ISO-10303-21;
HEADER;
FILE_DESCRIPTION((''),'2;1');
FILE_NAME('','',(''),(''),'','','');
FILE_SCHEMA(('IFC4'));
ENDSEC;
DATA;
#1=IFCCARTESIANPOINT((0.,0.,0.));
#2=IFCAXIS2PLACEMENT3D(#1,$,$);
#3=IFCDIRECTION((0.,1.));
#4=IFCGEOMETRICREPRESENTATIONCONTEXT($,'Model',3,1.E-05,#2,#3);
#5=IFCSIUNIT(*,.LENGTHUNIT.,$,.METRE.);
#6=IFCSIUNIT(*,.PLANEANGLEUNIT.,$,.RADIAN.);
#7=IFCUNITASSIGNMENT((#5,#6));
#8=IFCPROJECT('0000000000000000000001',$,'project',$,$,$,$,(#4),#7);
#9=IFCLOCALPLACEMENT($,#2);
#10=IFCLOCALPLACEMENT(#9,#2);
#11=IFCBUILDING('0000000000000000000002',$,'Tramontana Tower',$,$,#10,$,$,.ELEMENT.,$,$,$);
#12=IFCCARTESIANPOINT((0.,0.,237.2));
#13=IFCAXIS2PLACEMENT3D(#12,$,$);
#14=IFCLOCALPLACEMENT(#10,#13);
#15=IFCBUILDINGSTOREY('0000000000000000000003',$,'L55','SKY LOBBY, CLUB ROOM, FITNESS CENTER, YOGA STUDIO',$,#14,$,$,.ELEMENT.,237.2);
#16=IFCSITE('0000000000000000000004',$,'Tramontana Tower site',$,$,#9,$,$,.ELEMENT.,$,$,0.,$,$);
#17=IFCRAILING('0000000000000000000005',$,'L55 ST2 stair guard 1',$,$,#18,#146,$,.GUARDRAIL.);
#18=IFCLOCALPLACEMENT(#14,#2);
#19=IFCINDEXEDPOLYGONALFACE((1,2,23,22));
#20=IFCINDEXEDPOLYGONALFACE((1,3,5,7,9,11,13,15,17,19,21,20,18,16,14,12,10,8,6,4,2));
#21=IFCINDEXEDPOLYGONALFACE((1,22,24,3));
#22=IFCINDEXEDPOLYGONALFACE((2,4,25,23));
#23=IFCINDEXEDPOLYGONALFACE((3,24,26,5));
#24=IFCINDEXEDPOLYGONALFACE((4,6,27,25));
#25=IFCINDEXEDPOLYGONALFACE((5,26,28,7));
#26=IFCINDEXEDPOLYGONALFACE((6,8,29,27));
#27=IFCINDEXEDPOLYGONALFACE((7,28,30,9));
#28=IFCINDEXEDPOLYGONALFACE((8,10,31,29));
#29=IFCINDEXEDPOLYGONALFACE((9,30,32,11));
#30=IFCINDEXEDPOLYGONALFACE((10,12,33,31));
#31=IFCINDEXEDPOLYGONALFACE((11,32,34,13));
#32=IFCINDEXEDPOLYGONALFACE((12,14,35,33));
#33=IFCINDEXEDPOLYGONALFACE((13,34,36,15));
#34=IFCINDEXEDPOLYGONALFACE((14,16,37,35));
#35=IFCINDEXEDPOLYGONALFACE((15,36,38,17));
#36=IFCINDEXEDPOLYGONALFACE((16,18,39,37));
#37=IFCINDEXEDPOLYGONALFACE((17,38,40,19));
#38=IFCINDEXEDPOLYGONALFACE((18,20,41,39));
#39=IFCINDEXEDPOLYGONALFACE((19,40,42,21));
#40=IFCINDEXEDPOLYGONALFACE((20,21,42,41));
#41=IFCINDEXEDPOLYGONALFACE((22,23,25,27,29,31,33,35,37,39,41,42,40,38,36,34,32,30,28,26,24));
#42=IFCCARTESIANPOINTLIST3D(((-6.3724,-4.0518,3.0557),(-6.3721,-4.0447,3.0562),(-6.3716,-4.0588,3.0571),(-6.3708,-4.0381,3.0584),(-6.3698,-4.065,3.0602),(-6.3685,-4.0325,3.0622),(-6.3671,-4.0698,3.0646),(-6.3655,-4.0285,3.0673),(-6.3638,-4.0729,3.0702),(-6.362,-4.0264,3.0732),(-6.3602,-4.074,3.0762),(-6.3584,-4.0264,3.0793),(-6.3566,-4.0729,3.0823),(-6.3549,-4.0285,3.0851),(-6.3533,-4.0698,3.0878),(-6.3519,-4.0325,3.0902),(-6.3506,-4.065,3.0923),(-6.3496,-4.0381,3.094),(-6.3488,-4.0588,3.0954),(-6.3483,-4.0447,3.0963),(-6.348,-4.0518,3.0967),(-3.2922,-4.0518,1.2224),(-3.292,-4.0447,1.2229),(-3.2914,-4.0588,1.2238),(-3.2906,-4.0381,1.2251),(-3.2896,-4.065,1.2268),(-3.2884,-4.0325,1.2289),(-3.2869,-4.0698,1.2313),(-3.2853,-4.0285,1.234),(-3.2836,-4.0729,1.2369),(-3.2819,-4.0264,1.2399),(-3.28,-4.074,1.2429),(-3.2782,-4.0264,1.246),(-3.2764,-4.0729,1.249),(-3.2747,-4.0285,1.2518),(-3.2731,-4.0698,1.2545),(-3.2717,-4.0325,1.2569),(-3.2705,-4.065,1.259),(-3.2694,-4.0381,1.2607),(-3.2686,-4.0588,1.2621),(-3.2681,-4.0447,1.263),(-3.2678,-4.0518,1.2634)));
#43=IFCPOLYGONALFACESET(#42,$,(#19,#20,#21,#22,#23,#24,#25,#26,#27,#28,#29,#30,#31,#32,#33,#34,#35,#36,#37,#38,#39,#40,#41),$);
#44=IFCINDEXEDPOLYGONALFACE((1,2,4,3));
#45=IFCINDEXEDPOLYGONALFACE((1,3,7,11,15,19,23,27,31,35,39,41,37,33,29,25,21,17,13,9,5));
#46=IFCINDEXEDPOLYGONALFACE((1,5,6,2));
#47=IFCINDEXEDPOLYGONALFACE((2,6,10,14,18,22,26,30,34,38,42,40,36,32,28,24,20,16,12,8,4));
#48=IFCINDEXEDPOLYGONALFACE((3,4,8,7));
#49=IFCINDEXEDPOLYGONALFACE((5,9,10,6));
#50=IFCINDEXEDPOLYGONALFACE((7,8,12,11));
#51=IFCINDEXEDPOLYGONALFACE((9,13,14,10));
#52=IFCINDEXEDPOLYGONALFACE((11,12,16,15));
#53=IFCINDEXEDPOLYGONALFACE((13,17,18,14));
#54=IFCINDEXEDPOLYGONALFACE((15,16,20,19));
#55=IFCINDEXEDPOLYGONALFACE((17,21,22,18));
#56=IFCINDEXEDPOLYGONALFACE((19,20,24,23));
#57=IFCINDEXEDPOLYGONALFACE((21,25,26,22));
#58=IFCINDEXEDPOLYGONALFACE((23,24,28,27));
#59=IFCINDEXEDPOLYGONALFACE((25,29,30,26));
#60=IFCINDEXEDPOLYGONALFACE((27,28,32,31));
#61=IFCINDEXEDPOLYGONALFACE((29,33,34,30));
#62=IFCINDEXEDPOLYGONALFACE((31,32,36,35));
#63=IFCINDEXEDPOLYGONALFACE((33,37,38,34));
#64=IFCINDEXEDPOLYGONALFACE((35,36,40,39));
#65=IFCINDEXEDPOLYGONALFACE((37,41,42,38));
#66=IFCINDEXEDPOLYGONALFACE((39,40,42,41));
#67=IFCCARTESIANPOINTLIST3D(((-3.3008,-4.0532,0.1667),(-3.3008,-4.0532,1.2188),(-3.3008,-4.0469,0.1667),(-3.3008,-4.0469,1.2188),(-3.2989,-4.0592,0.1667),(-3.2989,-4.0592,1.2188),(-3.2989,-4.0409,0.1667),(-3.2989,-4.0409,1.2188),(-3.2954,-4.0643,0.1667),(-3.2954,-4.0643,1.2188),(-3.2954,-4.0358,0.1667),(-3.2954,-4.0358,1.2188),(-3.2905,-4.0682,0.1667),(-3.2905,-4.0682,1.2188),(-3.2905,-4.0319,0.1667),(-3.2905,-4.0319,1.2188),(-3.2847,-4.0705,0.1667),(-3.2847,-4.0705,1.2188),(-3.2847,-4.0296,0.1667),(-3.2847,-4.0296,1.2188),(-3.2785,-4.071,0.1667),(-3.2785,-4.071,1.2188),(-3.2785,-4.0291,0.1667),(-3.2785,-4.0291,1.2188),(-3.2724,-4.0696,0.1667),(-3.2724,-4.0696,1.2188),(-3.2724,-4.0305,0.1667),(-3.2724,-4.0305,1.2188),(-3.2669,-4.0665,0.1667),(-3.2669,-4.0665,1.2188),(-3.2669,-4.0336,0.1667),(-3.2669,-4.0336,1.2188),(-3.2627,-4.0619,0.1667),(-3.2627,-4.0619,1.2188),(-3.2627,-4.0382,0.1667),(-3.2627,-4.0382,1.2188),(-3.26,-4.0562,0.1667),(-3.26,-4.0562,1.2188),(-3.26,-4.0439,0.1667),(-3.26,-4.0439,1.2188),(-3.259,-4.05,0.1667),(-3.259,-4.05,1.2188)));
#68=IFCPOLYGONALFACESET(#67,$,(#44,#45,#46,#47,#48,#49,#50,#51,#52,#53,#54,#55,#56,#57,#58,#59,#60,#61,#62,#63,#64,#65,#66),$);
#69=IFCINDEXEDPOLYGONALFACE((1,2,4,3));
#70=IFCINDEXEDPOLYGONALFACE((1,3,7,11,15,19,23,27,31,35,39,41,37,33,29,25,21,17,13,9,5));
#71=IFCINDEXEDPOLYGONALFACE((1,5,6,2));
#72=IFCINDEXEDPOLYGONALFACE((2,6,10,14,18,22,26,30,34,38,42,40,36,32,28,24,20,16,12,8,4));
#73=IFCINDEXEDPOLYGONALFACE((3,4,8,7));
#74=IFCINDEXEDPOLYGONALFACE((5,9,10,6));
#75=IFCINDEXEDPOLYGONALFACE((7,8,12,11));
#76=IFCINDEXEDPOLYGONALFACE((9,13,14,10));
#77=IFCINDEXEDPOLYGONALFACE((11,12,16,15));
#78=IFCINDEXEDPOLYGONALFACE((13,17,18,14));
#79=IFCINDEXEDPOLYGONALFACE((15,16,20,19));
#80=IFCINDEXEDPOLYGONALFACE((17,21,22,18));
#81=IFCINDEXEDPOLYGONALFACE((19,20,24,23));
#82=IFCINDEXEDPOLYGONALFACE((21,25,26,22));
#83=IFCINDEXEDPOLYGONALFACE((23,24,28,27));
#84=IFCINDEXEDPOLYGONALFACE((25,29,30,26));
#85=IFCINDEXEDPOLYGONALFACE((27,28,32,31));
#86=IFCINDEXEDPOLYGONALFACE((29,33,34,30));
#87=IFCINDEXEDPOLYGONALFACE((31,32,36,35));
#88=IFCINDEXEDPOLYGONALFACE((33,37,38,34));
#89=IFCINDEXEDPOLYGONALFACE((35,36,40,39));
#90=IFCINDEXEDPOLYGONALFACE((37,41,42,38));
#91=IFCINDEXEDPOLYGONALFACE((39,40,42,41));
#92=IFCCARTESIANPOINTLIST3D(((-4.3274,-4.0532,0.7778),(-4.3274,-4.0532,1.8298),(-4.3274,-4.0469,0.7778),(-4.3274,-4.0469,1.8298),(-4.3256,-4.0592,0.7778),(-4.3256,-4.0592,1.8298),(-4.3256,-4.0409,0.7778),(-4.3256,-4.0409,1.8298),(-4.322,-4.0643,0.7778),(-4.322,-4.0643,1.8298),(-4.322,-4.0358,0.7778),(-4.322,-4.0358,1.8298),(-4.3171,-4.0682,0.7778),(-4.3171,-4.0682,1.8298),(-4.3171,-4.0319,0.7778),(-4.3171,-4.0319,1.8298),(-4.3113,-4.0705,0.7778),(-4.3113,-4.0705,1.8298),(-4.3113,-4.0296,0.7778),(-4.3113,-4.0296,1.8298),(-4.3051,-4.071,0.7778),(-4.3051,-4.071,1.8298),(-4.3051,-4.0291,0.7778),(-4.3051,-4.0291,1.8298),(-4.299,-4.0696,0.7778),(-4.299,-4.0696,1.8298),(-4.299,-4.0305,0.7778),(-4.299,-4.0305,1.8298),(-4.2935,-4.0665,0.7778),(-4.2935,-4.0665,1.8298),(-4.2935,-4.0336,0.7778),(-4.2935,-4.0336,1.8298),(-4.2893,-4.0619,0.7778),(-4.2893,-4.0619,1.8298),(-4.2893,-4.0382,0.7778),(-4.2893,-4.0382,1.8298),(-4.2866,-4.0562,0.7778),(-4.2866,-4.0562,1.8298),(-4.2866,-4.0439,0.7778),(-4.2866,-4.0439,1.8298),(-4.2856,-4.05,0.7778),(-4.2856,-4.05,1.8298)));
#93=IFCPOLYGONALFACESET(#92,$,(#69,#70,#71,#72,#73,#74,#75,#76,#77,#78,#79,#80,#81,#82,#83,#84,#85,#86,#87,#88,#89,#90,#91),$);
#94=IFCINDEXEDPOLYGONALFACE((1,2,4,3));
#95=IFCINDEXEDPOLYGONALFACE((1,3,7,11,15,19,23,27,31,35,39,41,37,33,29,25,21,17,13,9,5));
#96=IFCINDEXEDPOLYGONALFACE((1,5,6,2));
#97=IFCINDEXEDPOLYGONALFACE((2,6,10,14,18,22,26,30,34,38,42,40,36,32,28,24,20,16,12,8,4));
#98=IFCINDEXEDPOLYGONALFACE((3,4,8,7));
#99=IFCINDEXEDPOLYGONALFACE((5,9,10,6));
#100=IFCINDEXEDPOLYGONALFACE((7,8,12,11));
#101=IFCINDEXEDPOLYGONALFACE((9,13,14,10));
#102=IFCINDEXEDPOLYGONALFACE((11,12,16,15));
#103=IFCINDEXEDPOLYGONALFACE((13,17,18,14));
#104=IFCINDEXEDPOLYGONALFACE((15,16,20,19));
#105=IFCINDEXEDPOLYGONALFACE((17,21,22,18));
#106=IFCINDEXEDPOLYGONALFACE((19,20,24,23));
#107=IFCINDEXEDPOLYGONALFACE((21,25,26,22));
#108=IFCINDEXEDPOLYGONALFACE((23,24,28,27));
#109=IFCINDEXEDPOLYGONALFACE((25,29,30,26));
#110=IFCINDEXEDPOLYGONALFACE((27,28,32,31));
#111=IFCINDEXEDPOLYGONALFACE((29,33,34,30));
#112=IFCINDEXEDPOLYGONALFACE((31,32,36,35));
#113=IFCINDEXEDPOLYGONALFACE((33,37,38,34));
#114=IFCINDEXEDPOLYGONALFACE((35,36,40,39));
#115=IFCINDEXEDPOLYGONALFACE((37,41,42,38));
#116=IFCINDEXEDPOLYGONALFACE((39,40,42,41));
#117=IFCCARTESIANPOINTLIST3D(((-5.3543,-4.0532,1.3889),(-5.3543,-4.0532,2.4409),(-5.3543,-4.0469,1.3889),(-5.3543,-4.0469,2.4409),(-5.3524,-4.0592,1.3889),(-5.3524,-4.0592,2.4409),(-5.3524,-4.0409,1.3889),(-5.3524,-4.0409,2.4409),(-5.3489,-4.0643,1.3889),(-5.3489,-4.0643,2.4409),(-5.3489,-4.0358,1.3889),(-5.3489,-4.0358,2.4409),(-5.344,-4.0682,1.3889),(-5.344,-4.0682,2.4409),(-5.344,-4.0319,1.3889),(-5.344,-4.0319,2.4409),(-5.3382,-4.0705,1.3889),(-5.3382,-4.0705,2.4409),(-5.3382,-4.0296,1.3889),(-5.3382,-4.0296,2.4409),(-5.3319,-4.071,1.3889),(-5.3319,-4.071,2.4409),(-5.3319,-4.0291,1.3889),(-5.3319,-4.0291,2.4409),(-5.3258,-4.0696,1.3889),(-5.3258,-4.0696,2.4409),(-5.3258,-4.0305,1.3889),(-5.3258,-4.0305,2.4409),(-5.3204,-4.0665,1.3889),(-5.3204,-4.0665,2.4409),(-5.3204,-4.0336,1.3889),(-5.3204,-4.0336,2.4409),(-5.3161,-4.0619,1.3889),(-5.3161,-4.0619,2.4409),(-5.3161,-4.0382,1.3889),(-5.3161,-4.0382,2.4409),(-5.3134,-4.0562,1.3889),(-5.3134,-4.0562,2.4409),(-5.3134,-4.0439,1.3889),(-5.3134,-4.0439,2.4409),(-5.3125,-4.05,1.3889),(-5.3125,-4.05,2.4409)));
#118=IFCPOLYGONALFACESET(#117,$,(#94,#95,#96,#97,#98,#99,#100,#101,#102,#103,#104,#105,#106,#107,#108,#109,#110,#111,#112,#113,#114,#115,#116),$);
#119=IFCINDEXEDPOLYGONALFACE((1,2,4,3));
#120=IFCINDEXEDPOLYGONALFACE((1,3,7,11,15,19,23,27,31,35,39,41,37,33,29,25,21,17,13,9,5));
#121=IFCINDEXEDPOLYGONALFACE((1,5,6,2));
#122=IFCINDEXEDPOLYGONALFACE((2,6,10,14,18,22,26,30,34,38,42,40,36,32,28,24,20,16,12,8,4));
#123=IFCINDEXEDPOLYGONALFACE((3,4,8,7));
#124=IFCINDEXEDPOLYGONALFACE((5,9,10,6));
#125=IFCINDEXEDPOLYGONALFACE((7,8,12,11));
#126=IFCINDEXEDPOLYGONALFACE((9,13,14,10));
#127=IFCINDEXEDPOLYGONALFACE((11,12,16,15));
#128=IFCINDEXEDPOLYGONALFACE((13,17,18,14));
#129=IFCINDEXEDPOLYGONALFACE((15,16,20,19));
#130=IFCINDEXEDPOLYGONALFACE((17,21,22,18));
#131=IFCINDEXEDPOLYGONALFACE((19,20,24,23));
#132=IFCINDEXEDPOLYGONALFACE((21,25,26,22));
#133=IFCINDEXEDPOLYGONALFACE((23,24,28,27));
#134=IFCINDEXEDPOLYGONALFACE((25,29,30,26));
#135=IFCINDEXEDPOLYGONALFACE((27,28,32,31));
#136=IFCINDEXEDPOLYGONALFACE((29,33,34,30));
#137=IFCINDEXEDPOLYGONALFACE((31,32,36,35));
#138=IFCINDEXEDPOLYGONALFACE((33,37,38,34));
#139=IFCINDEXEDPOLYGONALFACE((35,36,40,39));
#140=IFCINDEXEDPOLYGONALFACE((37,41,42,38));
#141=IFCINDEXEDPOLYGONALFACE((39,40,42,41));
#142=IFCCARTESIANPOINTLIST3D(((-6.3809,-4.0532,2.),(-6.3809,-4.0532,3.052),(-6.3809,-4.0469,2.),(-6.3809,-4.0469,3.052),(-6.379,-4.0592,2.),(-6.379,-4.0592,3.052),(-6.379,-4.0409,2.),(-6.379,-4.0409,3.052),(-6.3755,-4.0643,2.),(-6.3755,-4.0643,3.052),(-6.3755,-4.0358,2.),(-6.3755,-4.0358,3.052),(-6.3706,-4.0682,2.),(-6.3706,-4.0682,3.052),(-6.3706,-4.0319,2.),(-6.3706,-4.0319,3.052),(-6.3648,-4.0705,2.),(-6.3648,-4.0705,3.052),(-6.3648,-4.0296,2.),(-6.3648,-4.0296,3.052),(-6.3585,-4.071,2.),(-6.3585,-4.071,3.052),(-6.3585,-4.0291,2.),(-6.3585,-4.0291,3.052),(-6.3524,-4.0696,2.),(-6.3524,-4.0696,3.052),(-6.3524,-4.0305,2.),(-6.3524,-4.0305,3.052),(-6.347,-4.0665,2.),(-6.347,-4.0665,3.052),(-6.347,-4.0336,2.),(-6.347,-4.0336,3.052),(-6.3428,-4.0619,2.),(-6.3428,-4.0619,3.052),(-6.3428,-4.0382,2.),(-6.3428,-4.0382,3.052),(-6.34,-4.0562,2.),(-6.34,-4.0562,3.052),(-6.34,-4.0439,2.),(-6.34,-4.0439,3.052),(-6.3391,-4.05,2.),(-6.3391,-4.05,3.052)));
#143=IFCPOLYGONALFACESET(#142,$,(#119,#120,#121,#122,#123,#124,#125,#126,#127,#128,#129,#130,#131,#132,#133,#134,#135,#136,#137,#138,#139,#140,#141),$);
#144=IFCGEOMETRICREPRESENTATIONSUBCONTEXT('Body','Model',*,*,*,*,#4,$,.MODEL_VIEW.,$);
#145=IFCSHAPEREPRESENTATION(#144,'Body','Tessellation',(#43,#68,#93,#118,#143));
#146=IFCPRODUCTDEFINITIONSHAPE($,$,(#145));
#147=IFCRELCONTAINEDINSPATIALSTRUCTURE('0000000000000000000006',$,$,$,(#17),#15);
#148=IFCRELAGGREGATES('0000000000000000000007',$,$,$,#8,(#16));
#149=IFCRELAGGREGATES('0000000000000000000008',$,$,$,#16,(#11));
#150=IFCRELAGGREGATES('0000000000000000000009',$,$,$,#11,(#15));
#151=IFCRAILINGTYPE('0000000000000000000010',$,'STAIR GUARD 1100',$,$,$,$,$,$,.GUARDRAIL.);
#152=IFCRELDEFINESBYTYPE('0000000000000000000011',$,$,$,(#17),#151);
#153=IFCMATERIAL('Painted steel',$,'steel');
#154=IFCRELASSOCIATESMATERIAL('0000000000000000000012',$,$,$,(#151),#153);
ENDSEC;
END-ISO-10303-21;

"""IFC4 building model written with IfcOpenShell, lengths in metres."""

from ifc_helpers import new_model, si_unit, direction, frame, origin, origin_2d, place, context, subcontext, project, spatial, circle, extrude, material, type_object, element, save


model = new_model("IFC4")

# Units and contexts
model_context = context("Model", 3, precision=1e-05, world=origin(), true_north=direction((0.0, 1.0)))
body_context = subcontext(model_context, "Body", "Model", "MODEL_VIEW")
ifc_project = project(units=[si_unit("LENGTHUNIT", "METRE"), si_unit("PLANEANGLEUNIT", "RADIAN")], contexts=[model_context])

# Site, building, storey
site_placement = place(None, origin())
site = spatial("IfcSite", under=ifc_project, at=site_placement, Name="Tramontana Tower site", CompositionType="ELEMENT", RefElevation=0.0)
building_placement = place(site_placement, origin())
building = spatial("IfcBuilding", under=site, at=building_placement, Name="Tramontana Tower", CompositionType="ELEMENT")
storey_placement = place(building_placement, frame((0.0, 0.0, 237.2)))
storey = spatial("IfcBuildingStorey", under=building, at=storey_placement, Name="L55", Description="SKY LOBBY, CLUB ROOM, FITNESS CENTER, YOGA STUDIO", CompositionType="ELEMENT", Elevation=237.2)

# Railing
ifc_material_1 = material(Name="Painted steel", Category="steel")
railing_type_1 = type_object("IfcRailingType", Name="STAIR GUARD 1100", PredefinedType="GUARDRAIL", material=ifc_material_1)
railing_1_placement = place(storey_placement, frame((-3.28, -4.05, 0.1667)))
element("IfcRailing", 1, at=railing_1_placement, inside=storey, type_object=railing_type_1, Name="L55 ST2 stair guard 1", PredefinedType="GUARDRAIL", context=body_context, shape_type="SweptSolid", body=[
    extrude(circle(Radius=0.0239, at=origin_2d()), frame((0.0, 0.0, 1.0762), z_axis=(-0.859309, 0.0, 0.511458), x_axis=(0.0, -1.0, 0.0)), (0.0, 0.0, 1.0), 3.5845),
    extrude(circle(Radius=0.021, at=origin_2d()), origin(), (0.0, 0.0, 1.0), 1.052),
    extrude(circle(Radius=0.021, at=origin_2d()), frame((-1.0266, 0.0, 0.6111)), (0.0, 0.0, 1.0), 1.052),
    extrude(circle(Radius=0.021, at=origin_2d()), frame((-2.0535, 0.0, 1.2222)), (0.0, 0.0, 1.0), 1.052),
    extrude(circle(Radius=0.021, at=origin_2d()), frame((-3.0801, 0.0, 1.8333)), (0.0, 0.0, 1.0), 1.052),
])

save(model, "model.ifc")
